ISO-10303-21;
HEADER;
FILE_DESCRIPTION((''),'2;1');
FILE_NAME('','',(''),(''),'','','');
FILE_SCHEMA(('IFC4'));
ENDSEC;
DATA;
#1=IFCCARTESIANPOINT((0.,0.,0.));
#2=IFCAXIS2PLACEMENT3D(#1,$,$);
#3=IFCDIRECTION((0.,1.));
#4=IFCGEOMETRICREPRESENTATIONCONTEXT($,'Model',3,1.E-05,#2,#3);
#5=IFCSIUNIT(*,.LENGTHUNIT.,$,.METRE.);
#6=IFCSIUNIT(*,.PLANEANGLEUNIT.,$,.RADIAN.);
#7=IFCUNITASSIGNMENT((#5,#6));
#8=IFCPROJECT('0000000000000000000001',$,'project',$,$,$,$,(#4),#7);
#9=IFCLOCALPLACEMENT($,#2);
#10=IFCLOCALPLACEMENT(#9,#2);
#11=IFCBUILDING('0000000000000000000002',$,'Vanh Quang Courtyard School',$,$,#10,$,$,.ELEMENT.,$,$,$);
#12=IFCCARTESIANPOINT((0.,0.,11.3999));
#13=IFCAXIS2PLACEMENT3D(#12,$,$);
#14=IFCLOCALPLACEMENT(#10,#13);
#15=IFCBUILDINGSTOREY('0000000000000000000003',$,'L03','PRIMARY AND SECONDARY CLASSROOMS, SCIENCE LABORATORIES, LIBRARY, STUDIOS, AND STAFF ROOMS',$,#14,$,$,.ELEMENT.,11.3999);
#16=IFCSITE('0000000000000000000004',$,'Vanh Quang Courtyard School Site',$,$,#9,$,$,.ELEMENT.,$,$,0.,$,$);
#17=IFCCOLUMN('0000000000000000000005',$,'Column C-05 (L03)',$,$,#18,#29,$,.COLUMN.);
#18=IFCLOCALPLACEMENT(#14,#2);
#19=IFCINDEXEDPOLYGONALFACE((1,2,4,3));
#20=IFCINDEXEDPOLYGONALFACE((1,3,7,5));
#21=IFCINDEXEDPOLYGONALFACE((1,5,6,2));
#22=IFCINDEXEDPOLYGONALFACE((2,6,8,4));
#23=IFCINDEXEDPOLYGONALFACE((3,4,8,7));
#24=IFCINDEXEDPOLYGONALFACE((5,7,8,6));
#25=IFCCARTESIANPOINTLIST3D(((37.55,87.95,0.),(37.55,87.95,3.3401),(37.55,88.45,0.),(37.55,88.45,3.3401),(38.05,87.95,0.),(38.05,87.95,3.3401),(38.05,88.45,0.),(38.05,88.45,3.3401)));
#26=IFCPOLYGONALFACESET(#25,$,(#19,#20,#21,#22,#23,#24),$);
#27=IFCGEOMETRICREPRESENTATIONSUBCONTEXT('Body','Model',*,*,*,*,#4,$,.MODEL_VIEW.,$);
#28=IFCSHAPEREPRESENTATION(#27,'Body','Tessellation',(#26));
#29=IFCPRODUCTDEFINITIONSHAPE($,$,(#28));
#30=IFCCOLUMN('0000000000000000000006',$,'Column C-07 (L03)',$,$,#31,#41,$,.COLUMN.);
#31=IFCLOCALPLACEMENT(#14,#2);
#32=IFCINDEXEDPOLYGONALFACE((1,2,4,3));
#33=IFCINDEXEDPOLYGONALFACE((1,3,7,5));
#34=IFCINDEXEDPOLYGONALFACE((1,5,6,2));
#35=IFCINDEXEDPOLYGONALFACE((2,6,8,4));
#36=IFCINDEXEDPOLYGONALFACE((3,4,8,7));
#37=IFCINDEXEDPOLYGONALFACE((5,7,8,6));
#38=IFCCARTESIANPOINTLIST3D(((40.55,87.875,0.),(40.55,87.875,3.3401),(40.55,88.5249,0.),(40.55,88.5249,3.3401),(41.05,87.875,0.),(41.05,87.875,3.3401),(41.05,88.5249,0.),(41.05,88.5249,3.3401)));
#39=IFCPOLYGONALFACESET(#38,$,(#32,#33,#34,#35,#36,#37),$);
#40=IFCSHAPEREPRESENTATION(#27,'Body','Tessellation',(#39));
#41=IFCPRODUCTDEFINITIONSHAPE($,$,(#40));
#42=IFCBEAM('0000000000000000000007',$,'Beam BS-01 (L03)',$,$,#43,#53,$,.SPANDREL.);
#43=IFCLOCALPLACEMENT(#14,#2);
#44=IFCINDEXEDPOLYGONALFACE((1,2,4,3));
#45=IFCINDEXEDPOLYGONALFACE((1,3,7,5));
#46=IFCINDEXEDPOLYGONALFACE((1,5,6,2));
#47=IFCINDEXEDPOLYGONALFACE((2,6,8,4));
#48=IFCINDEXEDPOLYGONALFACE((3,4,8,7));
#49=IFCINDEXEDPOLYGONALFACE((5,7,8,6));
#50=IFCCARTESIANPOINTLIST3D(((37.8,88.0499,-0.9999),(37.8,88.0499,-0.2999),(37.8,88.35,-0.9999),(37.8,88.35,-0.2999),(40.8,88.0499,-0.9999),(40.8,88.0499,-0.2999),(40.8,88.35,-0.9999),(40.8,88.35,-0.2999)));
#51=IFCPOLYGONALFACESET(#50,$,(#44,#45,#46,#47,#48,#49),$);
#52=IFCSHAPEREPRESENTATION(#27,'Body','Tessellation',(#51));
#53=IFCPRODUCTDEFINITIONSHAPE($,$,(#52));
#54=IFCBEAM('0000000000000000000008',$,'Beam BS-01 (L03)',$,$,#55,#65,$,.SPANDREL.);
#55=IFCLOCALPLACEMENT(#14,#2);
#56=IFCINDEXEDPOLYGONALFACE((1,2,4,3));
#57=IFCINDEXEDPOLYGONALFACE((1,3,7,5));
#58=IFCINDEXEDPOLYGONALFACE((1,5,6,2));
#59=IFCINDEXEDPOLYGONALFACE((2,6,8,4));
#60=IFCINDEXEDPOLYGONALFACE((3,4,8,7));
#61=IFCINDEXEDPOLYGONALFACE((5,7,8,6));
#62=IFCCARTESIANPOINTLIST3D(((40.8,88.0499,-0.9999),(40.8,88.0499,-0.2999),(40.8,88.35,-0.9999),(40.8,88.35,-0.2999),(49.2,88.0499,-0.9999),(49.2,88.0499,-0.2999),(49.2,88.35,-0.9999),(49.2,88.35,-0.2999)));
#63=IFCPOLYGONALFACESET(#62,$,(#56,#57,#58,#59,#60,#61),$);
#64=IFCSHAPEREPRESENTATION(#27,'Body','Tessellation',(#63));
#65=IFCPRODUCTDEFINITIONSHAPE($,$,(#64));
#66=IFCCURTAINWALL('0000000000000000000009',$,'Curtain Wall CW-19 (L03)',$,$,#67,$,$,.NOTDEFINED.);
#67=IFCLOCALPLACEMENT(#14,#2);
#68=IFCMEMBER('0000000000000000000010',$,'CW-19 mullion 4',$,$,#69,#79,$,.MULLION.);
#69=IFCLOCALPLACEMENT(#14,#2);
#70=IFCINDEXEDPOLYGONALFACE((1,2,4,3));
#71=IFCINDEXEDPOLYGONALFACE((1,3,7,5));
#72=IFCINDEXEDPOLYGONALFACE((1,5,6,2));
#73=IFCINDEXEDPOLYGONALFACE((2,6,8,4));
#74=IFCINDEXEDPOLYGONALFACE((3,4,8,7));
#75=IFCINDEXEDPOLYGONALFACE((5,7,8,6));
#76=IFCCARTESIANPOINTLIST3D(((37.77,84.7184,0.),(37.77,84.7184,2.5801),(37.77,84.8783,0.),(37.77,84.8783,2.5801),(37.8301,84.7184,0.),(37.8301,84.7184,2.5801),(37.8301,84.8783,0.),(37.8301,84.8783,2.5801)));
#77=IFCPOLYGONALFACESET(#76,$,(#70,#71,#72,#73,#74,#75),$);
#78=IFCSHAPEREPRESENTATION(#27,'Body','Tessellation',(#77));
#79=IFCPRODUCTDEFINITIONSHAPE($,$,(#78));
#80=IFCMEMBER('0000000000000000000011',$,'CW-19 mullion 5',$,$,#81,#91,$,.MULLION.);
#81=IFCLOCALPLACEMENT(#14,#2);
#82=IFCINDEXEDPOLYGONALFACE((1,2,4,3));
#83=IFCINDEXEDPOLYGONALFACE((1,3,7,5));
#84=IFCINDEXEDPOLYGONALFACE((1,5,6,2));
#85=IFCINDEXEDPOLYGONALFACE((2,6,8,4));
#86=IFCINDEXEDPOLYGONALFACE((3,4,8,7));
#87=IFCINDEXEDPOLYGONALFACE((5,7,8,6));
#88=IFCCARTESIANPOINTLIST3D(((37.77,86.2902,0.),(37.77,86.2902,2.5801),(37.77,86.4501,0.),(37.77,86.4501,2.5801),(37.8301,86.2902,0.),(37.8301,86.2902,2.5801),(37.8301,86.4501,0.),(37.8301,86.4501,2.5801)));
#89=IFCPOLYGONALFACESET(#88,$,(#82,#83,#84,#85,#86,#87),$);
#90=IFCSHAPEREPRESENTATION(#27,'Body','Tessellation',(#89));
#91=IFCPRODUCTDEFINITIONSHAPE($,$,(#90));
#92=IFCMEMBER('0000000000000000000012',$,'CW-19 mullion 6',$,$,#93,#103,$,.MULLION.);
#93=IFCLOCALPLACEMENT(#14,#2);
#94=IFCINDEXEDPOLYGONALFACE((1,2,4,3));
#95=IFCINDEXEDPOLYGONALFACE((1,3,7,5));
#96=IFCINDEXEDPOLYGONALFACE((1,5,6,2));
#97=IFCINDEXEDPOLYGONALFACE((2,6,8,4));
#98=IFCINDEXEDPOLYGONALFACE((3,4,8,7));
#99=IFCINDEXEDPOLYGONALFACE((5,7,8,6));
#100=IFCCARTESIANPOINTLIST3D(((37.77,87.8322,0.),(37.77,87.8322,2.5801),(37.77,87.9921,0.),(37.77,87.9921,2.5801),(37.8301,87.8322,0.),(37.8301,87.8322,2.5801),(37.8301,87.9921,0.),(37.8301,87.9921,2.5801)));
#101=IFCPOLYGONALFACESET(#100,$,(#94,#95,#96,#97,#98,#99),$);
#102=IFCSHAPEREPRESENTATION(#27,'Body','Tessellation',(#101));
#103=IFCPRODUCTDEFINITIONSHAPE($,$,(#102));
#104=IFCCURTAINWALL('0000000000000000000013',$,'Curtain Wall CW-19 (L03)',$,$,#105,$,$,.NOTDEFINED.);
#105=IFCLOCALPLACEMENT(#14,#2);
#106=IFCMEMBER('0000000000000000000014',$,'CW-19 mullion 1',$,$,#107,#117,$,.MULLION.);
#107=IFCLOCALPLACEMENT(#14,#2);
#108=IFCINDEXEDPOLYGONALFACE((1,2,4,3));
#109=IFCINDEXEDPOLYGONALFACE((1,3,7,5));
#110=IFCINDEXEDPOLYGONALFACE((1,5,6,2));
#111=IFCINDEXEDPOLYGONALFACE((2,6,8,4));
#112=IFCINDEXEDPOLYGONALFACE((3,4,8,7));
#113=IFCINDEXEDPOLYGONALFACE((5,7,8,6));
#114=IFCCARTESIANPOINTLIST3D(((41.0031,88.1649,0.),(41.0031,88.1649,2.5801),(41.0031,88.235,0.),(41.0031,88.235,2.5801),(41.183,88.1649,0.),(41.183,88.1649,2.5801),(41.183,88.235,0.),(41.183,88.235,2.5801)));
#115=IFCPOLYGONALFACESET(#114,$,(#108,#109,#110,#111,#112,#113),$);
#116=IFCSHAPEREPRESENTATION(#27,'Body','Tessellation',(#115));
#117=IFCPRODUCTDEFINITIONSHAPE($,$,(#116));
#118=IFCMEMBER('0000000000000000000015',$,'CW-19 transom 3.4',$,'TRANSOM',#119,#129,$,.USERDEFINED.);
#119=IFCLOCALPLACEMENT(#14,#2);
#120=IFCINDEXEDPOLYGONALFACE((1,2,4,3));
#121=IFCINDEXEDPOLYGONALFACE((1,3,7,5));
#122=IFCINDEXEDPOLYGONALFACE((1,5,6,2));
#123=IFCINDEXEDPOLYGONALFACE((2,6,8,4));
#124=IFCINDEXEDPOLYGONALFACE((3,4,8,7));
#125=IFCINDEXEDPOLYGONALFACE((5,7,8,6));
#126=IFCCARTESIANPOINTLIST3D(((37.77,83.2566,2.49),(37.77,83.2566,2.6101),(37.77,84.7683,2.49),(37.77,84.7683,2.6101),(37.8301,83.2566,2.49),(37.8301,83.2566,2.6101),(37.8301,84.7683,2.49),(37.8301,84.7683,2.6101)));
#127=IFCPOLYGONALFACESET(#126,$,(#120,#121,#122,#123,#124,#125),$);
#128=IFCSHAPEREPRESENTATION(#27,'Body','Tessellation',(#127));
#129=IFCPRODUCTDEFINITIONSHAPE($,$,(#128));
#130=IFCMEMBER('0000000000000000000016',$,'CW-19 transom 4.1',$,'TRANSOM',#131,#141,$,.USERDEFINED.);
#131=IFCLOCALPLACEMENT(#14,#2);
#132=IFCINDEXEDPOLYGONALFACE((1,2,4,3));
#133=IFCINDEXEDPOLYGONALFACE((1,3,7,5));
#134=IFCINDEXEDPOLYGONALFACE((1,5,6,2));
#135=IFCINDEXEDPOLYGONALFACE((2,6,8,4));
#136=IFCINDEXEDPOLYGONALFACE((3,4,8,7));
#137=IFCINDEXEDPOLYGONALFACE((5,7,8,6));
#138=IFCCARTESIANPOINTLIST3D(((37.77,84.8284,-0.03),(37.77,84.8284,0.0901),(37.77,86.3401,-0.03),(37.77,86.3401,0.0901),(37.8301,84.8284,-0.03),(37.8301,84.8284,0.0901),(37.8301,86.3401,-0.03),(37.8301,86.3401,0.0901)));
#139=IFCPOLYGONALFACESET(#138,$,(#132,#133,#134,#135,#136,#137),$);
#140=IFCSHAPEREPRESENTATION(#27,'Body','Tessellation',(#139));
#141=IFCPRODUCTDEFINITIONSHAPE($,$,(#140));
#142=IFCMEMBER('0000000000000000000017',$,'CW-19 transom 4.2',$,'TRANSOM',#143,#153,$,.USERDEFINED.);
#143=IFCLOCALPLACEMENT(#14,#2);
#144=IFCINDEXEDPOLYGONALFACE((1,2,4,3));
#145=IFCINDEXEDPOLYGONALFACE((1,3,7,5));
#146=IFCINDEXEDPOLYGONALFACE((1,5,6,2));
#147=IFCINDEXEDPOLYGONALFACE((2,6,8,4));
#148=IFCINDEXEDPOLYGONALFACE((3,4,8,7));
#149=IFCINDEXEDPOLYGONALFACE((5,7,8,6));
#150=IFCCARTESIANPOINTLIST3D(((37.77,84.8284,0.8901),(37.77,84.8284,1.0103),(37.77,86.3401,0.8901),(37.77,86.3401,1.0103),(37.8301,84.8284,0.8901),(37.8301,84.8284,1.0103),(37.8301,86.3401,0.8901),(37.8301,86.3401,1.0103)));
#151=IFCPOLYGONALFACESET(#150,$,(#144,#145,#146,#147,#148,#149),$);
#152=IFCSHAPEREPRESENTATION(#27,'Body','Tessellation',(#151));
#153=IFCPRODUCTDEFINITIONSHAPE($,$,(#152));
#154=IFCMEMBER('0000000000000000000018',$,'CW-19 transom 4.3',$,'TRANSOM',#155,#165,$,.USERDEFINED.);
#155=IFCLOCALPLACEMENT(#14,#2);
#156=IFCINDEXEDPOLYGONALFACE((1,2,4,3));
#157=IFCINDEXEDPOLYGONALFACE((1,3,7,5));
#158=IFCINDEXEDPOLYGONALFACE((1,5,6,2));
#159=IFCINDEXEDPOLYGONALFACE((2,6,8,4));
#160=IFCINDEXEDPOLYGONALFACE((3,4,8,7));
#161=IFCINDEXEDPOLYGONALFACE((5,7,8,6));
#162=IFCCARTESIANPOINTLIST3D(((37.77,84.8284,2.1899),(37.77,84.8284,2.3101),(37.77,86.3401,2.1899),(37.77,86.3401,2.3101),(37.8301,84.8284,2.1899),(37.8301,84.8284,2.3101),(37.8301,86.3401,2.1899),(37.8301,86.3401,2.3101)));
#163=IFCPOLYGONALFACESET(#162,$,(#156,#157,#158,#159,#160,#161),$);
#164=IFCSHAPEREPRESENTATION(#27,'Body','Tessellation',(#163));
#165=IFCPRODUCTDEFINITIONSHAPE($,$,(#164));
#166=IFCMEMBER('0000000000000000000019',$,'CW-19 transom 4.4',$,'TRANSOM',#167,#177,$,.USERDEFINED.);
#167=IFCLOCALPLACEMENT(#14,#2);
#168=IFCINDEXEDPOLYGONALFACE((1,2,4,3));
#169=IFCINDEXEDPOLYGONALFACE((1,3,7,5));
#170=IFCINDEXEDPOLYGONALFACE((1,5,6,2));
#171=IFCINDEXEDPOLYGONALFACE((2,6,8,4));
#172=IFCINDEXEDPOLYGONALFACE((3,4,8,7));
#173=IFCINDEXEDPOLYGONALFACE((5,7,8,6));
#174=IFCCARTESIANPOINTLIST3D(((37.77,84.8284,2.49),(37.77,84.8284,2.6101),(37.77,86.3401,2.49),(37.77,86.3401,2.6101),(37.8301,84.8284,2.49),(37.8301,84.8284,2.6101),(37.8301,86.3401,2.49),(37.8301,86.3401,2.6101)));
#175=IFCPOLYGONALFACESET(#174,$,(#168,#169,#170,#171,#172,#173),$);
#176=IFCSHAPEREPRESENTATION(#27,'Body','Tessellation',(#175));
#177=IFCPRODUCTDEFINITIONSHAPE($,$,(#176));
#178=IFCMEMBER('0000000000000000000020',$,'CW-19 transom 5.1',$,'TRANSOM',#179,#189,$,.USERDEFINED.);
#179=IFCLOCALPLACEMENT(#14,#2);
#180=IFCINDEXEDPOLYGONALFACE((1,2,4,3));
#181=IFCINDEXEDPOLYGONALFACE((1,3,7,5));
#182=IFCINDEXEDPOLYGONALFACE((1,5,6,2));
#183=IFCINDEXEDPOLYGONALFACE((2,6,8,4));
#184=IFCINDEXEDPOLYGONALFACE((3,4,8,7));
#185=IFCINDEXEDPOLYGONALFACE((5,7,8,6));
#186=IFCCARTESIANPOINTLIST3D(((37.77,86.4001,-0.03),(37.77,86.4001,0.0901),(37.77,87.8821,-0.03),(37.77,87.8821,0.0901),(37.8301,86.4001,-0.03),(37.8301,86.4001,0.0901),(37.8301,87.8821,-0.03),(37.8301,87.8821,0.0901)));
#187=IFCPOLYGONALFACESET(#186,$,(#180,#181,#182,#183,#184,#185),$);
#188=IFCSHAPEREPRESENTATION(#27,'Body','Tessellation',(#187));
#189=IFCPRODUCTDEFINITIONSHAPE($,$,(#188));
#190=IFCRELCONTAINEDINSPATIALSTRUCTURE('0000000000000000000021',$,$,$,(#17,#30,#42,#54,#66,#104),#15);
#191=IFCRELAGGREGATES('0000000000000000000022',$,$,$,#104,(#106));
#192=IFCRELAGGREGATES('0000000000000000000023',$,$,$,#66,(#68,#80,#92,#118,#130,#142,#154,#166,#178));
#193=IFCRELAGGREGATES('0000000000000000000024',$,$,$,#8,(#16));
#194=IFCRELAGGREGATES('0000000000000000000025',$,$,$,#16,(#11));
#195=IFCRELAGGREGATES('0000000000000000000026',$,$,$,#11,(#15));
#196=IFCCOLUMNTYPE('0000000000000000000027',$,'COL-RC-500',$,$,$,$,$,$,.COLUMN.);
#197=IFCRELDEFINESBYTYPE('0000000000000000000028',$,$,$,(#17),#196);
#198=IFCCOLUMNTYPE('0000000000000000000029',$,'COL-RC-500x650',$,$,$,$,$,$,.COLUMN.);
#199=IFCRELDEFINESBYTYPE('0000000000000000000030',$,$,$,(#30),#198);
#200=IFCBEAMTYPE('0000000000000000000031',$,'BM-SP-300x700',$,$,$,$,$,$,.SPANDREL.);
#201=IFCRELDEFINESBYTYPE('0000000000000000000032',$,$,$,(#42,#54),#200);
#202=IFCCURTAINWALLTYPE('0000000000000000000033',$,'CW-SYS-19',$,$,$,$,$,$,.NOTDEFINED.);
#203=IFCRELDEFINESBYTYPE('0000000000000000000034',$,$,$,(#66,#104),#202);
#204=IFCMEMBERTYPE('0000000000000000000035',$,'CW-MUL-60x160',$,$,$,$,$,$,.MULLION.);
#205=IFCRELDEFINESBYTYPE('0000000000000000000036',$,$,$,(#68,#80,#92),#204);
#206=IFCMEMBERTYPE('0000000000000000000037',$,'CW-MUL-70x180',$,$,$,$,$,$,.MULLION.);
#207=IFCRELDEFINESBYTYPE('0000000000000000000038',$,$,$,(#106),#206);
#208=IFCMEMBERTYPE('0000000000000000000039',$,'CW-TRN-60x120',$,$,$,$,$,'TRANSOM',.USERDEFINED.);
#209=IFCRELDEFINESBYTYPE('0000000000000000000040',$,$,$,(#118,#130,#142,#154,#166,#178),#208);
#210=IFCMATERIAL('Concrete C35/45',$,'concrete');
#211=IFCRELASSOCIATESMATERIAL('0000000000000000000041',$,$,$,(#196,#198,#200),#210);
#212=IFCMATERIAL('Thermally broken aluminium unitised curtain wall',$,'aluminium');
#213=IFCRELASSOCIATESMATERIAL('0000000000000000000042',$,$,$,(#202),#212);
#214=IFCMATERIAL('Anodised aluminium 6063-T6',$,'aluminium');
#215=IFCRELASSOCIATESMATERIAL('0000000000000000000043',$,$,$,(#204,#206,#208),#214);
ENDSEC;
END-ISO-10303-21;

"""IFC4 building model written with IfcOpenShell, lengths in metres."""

from ifc_helpers import new_model, si_unit, direction, frame, origin, origin_2d, place, context, subcontext, project, spatial, rectangle, extrude, material, material_profile, profile_set, type_object, element, aggregate, save


model = new_model("IFC4")

# Units and contexts
model_context = context("Model", 3, precision=1e-05, world=origin(), true_north=direction((0.0, 1.0)))
body_context = subcontext(model_context, "Body", "Model", "MODEL_VIEW")
ifc_project = project(units=[si_unit("LENGTHUNIT", "METRE"), si_unit("PLANEANGLEUNIT", "RADIAN")], contexts=[model_context])

# Site, building, storey
site_placement = place(None, origin())
site = spatial("IfcSite", under=ifc_project, at=site_placement, Name="Vanh Quang Courtyard School Site", CompositionType="ELEMENT", RefElevation=0.0)
building_placement = place(site_placement, origin())
building = spatial("IfcBuilding", under=site, at=building_placement, Name="Vanh Quang Courtyard School", CompositionType="ELEMENT")
storey_placement = place(building_placement, frame((0.0, 0.0, 11.3999)))
storey = spatial("IfcBuildingStorey", under=building, at=storey_placement, Name="L03", Description="PRIMARY AND SECONDARY CLASSROOMS, SCIENCE LABORATORIES, LIBRARY, STUDIOS, AND STAFF ROOMS", CompositionType="ELEMENT", Elevation=11.3999)

# Columns
ifc_material_1 = material(Name="Concrete C35/45", Category="concrete")
ifc_material_profile_1 = material_profile(ifc_material_1, rectangle(XDim=0.5, YDim=0.5, at=origin_2d()), Name="RC-COL 500x500")
ifc_profile_set_1 = profile_set([ifc_material_profile_1], Name="Concrete C35/45")
column_type_1 = type_object("IfcColumnType", Name="COL-RC-500", PredefinedType="COLUMN", material=ifc_profile_set_1)
column_1_placement = place(storey_placement, frame((37.8, 88.2, 0.0), z_axis=(0.0, 0.0, 1.0), x_axis=(1.0, 0.0, 0.0)))
element("IfcColumn", 1, at=column_1_placement, inside=storey, type_object=column_type_1, Name="Column C-05 (L03)", PredefinedType="COLUMN", context=body_context, shape_type="SweptSolid", body=[
    extrude(rectangle(XDim=0.5, YDim=0.5, at=origin_2d()), origin(), (0.0, 0.0, 1.0), 3.3401),
])
ifc_material_profile_2 = material_profile(ifc_material_1, rectangle(XDim=0.5, YDim=0.6499, at=origin_2d()), Name="RC-COL 500x650")
ifc_profile_set_2 = profile_set([ifc_material_profile_2], Name="Concrete C35/45")
column_type_2 = type_object("IfcColumnType", Name="COL-RC-500x650", PredefinedType="COLUMN", material=ifc_profile_set_2)
column_2_placement = place(storey_placement, frame((40.8, 88.2, 0.0), z_axis=(0.0, 0.0, 1.0), x_axis=(1.0, 0.0, 0.0)))
element("IfcColumn", 2, at=column_2_placement, inside=storey, type_object=column_type_2, Name="Column C-07 (L03)", PredefinedType="COLUMN", context=body_context, shape_type="SweptSolid", body=[
    extrude(rectangle(XDim=0.5, YDim=0.6499, at=origin_2d()), origin(), (0.0, 0.0, 1.0), 3.3401),
])

# Beams
ifc_material_profile_3 = material_profile(ifc_material_1, rectangle(XDim=0.3, YDim=0.7, at=origin_2d()), Name="RC-SP 300x700")
ifc_profile_set_3 = profile_set([ifc_material_profile_3], Name="Concrete C35/45")
beam_type_1 = type_object("IfcBeamType", Name="BM-SP-300x700", PredefinedType="SPANDREL", material=ifc_profile_set_3)
beam_1_placement = place(storey_placement, frame((37.8, 88.2, -0.6499), z_axis=(1.0, 0.0, 0.0), x_axis=(0.0, 1.0, 0.0)))
element("IfcBeam", 3, at=beam_1_placement, inside=storey, type_object=beam_type_1, Name="Beam BS-01 (L03)", PredefinedType="SPANDREL", context=body_context, shape_type="SweptSolid", body=[
    extrude(rectangle(XDim=0.3, YDim=0.7, at=origin_2d()), origin(), (0.0, 0.0, 1.0), 3.0),
])
beam_2_placement = place(storey_placement, frame((40.8, 88.2, -0.6499), z_axis=(1.0, 0.0, 0.0), x_axis=(0.0, 1.0, 0.0)))
element("IfcBeam", 4, at=beam_2_placement, inside=storey, type_object=beam_type_1, Name="Beam BS-01 (L03)", PredefinedType="SPANDREL", context=body_context, shape_type="SweptSolid", body=[
    extrude(rectangle(XDim=0.3, YDim=0.7, at=origin_2d()), origin(), (0.0, 0.0, 1.0), 8.3999),
])

# Curtain wall, members
ifc_material_2 = material(Name="Thermally broken aluminium unitised curtain wall", Category="aluminium")
curtain_wall_type = type_object("IfcCurtainWallType", Name="CW-SYS-19", PredefinedType="NOTDEFINED", material=ifc_material_2)
curtain_wall_1_placement = place(storey_placement, origin())
curtain_wall_1 = element("IfcCurtainWall", 5, at=curtain_wall_1_placement, inside=storey, type_object=curtain_wall_type, Name="Curtain Wall CW-19 (L03)", PredefinedType="NOTDEFINED")
ifc_material_3 = material(Name="Anodised aluminium 6063-T6", Category="aluminium")
ifc_material_profile_4 = material_profile(ifc_material_3, rectangle(XDim=0.0601, YDim=0.1599, at=origin_2d()), Name="ALU-MUL 60x160")
ifc_profile_set_4 = profile_set([ifc_material_profile_4], Name="Anodised aluminium 6063-T6")
member_type_1 = type_object("IfcMemberType", Name="CW-MUL-60x160", PredefinedType="MULLION", material=ifc_profile_set_4)
member_1_placement = place(storey_placement, frame((37.8, 84.7983, 0.0), z_axis=(0.0, 0.0, 1.0), x_axis=(-1.0, 0.0, 0.0)))
member_1 = element("IfcMember", 6, at=member_1_placement, type_object=member_type_1, Name="CW-19 mullion 4", PredefinedType="MULLION", context=body_context, shape_type="SweptSolid", body=[
    extrude(rectangle(XDim=0.0601, YDim=0.1599, at=origin_2d()), origin(), (0.0, 0.0, 1.0), 2.5801),
])
member_2_placement = place(storey_placement, frame((37.8, 86.3701, 0.0), z_axis=(0.0, 0.0, 1.0), x_axis=(-1.0, 0.0, 0.0)))
member_2 = element("IfcMember", 7, at=member_2_placement, type_object=member_type_1, Name="CW-19 mullion 5", PredefinedType="MULLION", context=body_context, shape_type="SweptSolid", body=[
    extrude(rectangle(XDim=0.0601, YDim=0.1599, at=origin_2d()), origin(), (0.0, 0.0, 1.0), 2.5801),
])
member_3_placement = place(storey_placement, frame((37.8, 87.9121, 0.0), z_axis=(0.0, 0.0, 1.0), x_axis=(-1.0, 0.0, 0.0)))
member_3 = element("IfcMember", 8, at=member_3_placement, type_object=member_type_1, Name="CW-19 mullion 6", PredefinedType="MULLION", context=body_context, shape_type="SweptSolid", body=[
    extrude(rectangle(XDim=0.0601, YDim=0.1599, at=origin_2d()), origin(), (0.0, 0.0, 1.0), 2.5801),
])

# Curtain wall, member
curtain_wall_2_placement = place(storey_placement, origin())
curtain_wall_2 = element("IfcCurtainWall", 9, at=curtain_wall_2_placement, inside=storey, type_object=curtain_wall_type, Name="Curtain Wall CW-19 (L03)", PredefinedType="NOTDEFINED")
ifc_material_profile_5 = material_profile(ifc_material_3, rectangle(XDim=0.0701, YDim=0.1799, at=origin_2d()), Name="ALU-MUL 70x180")
ifc_profile_set_5 = profile_set([ifc_material_profile_5], Name="Anodised aluminium 6063-T6")
member_type_2 = type_object("IfcMemberType", Name="CW-MUL-70x180", PredefinedType="MULLION", material=ifc_profile_set_5)
member_4_placement = place(storey_placement, frame((41.093, 88.2, 0.0), z_axis=(0.0, 0.0, 1.0), x_axis=(0.0, 1.0, 0.0)))
member_4 = element("IfcMember", 10, at=member_4_placement, type_object=member_type_2, Name="CW-19 mullion 1", PredefinedType="MULLION", context=body_context, shape_type="SweptSolid", body=[
    extrude(rectangle(XDim=0.0701, YDim=0.1799, at=origin_2d()), origin(), (0.0, 0.0, 1.0), 2.5801),
])
aggregate(curtain_wall_2, [member_4])

# Members
ifc_material_profile_6 = material_profile(ifc_material_3, rectangle(XDim=0.0601, YDim=0.1201, at=origin_2d()), Name="ALU-TRN 60x120")
ifc_profile_set_6 = profile_set([ifc_material_profile_6], Name="Anodised aluminium 6063-T6")
member_type_3 = type_object("IfcMemberType", Name="CW-TRN-60x120", ElementType="TRANSOM", PredefinedType="USERDEFINED", material=ifc_profile_set_6)
member_5_placement = place(storey_placement, frame((37.8, 83.2566, 2.55), z_axis=(0.0, 1.0, 0.0), x_axis=(-1.0, 0.0, 0.0)))
member_5 = element("IfcMember", 11, at=member_5_placement, type_object=member_type_3, Name="CW-19 transom 3.4", ObjectType="TRANSOM", PredefinedType="USERDEFINED", context=body_context, shape_type="SweptSolid", body=[
    extrude(rectangle(XDim=0.0601, YDim=0.1201, at=origin_2d()), origin(), (0.0, 0.0, 1.0), 1.5117),
])
member_6_placement = place(storey_placement, frame((37.8, 84.8284, 0.03), z_axis=(0.0, 1.0, 0.0), x_axis=(-1.0, 0.0, 0.0)))
member_6 = element("IfcMember", 12, at=member_6_placement, type_object=member_type_3, Name="CW-19 transom 4.1", ObjectType="TRANSOM", PredefinedType="USERDEFINED", context=body_context, shape_type="SweptSolid", body=[
    extrude(rectangle(XDim=0.0601, YDim=0.1201, at=origin_2d()), origin(), (0.0, 0.0, 1.0), 1.5117),
])
member_7_placement = place(storey_placement, frame((37.8, 84.8284, 0.9502), z_axis=(0.0, 1.0, 0.0), x_axis=(-1.0, 0.0, 0.0)))
member_7 = element("IfcMember", 13, at=member_7_placement, type_object=member_type_3, Name="CW-19 transom 4.2", ObjectType="TRANSOM", PredefinedType="USERDEFINED", context=body_context, shape_type="SweptSolid", body=[
    extrude(rectangle(XDim=0.0601, YDim=0.1201, at=origin_2d()), origin(), (0.0, 0.0, 1.0), 1.5117),
])
member_8_placement = place(storey_placement, frame((37.8, 84.8284, 2.25), z_axis=(0.0, 1.0, 0.0), x_axis=(-1.0, 0.0, 0.0)))
member_8 = element("IfcMember", 14, at=member_8_placement, type_object=member_type_3, Name="CW-19 transom 4.3", ObjectType="TRANSOM", PredefinedType="USERDEFINED", context=body_context, shape_type="SweptSolid", body=[
    extrude(rectangle(XDim=0.0601, YDim=0.1201, at=origin_2d()), origin(), (0.0, 0.0, 1.0), 1.5117),
])
member_9_placement = place(storey_placement, frame((37.8, 84.8284, 2.55), z_axis=(0.0, 1.0, 0.0), x_axis=(-1.0, 0.0, 0.0)))
member_9 = element("IfcMember", 15, at=member_9_placement, type_object=member_type_3, Name="CW-19 transom 4.4", ObjectType="TRANSOM", PredefinedType="USERDEFINED", context=body_context, shape_type="SweptSolid", body=[
    extrude(rectangle(XDim=0.0601, YDim=0.1201, at=origin_2d()), origin(), (0.0, 0.0, 1.0), 1.5117),
])
member_10_placement = place(storey_placement, frame((37.8, 86.4001, 0.03), z_axis=(0.0, 1.0, 0.0), x_axis=(-1.0, 0.0, 0.0)))
member_10 = element("IfcMember", 16, at=member_10_placement, type_object=member_type_3, Name="CW-19 transom 5.1", ObjectType="TRANSOM", PredefinedType="USERDEFINED", context=body_context, shape_type="SweptSolid", body=[
    extrude(rectangle(XDim=0.0601, YDim=0.1201, at=origin_2d()), origin(), (0.0, 0.0, 1.0), 1.4819),
])

aggregate(curtain_wall_1, [member_1, member_2, member_3, member_5, member_6, member_7, member_8, member_9, member_10])

save(model, "model.ifc")
